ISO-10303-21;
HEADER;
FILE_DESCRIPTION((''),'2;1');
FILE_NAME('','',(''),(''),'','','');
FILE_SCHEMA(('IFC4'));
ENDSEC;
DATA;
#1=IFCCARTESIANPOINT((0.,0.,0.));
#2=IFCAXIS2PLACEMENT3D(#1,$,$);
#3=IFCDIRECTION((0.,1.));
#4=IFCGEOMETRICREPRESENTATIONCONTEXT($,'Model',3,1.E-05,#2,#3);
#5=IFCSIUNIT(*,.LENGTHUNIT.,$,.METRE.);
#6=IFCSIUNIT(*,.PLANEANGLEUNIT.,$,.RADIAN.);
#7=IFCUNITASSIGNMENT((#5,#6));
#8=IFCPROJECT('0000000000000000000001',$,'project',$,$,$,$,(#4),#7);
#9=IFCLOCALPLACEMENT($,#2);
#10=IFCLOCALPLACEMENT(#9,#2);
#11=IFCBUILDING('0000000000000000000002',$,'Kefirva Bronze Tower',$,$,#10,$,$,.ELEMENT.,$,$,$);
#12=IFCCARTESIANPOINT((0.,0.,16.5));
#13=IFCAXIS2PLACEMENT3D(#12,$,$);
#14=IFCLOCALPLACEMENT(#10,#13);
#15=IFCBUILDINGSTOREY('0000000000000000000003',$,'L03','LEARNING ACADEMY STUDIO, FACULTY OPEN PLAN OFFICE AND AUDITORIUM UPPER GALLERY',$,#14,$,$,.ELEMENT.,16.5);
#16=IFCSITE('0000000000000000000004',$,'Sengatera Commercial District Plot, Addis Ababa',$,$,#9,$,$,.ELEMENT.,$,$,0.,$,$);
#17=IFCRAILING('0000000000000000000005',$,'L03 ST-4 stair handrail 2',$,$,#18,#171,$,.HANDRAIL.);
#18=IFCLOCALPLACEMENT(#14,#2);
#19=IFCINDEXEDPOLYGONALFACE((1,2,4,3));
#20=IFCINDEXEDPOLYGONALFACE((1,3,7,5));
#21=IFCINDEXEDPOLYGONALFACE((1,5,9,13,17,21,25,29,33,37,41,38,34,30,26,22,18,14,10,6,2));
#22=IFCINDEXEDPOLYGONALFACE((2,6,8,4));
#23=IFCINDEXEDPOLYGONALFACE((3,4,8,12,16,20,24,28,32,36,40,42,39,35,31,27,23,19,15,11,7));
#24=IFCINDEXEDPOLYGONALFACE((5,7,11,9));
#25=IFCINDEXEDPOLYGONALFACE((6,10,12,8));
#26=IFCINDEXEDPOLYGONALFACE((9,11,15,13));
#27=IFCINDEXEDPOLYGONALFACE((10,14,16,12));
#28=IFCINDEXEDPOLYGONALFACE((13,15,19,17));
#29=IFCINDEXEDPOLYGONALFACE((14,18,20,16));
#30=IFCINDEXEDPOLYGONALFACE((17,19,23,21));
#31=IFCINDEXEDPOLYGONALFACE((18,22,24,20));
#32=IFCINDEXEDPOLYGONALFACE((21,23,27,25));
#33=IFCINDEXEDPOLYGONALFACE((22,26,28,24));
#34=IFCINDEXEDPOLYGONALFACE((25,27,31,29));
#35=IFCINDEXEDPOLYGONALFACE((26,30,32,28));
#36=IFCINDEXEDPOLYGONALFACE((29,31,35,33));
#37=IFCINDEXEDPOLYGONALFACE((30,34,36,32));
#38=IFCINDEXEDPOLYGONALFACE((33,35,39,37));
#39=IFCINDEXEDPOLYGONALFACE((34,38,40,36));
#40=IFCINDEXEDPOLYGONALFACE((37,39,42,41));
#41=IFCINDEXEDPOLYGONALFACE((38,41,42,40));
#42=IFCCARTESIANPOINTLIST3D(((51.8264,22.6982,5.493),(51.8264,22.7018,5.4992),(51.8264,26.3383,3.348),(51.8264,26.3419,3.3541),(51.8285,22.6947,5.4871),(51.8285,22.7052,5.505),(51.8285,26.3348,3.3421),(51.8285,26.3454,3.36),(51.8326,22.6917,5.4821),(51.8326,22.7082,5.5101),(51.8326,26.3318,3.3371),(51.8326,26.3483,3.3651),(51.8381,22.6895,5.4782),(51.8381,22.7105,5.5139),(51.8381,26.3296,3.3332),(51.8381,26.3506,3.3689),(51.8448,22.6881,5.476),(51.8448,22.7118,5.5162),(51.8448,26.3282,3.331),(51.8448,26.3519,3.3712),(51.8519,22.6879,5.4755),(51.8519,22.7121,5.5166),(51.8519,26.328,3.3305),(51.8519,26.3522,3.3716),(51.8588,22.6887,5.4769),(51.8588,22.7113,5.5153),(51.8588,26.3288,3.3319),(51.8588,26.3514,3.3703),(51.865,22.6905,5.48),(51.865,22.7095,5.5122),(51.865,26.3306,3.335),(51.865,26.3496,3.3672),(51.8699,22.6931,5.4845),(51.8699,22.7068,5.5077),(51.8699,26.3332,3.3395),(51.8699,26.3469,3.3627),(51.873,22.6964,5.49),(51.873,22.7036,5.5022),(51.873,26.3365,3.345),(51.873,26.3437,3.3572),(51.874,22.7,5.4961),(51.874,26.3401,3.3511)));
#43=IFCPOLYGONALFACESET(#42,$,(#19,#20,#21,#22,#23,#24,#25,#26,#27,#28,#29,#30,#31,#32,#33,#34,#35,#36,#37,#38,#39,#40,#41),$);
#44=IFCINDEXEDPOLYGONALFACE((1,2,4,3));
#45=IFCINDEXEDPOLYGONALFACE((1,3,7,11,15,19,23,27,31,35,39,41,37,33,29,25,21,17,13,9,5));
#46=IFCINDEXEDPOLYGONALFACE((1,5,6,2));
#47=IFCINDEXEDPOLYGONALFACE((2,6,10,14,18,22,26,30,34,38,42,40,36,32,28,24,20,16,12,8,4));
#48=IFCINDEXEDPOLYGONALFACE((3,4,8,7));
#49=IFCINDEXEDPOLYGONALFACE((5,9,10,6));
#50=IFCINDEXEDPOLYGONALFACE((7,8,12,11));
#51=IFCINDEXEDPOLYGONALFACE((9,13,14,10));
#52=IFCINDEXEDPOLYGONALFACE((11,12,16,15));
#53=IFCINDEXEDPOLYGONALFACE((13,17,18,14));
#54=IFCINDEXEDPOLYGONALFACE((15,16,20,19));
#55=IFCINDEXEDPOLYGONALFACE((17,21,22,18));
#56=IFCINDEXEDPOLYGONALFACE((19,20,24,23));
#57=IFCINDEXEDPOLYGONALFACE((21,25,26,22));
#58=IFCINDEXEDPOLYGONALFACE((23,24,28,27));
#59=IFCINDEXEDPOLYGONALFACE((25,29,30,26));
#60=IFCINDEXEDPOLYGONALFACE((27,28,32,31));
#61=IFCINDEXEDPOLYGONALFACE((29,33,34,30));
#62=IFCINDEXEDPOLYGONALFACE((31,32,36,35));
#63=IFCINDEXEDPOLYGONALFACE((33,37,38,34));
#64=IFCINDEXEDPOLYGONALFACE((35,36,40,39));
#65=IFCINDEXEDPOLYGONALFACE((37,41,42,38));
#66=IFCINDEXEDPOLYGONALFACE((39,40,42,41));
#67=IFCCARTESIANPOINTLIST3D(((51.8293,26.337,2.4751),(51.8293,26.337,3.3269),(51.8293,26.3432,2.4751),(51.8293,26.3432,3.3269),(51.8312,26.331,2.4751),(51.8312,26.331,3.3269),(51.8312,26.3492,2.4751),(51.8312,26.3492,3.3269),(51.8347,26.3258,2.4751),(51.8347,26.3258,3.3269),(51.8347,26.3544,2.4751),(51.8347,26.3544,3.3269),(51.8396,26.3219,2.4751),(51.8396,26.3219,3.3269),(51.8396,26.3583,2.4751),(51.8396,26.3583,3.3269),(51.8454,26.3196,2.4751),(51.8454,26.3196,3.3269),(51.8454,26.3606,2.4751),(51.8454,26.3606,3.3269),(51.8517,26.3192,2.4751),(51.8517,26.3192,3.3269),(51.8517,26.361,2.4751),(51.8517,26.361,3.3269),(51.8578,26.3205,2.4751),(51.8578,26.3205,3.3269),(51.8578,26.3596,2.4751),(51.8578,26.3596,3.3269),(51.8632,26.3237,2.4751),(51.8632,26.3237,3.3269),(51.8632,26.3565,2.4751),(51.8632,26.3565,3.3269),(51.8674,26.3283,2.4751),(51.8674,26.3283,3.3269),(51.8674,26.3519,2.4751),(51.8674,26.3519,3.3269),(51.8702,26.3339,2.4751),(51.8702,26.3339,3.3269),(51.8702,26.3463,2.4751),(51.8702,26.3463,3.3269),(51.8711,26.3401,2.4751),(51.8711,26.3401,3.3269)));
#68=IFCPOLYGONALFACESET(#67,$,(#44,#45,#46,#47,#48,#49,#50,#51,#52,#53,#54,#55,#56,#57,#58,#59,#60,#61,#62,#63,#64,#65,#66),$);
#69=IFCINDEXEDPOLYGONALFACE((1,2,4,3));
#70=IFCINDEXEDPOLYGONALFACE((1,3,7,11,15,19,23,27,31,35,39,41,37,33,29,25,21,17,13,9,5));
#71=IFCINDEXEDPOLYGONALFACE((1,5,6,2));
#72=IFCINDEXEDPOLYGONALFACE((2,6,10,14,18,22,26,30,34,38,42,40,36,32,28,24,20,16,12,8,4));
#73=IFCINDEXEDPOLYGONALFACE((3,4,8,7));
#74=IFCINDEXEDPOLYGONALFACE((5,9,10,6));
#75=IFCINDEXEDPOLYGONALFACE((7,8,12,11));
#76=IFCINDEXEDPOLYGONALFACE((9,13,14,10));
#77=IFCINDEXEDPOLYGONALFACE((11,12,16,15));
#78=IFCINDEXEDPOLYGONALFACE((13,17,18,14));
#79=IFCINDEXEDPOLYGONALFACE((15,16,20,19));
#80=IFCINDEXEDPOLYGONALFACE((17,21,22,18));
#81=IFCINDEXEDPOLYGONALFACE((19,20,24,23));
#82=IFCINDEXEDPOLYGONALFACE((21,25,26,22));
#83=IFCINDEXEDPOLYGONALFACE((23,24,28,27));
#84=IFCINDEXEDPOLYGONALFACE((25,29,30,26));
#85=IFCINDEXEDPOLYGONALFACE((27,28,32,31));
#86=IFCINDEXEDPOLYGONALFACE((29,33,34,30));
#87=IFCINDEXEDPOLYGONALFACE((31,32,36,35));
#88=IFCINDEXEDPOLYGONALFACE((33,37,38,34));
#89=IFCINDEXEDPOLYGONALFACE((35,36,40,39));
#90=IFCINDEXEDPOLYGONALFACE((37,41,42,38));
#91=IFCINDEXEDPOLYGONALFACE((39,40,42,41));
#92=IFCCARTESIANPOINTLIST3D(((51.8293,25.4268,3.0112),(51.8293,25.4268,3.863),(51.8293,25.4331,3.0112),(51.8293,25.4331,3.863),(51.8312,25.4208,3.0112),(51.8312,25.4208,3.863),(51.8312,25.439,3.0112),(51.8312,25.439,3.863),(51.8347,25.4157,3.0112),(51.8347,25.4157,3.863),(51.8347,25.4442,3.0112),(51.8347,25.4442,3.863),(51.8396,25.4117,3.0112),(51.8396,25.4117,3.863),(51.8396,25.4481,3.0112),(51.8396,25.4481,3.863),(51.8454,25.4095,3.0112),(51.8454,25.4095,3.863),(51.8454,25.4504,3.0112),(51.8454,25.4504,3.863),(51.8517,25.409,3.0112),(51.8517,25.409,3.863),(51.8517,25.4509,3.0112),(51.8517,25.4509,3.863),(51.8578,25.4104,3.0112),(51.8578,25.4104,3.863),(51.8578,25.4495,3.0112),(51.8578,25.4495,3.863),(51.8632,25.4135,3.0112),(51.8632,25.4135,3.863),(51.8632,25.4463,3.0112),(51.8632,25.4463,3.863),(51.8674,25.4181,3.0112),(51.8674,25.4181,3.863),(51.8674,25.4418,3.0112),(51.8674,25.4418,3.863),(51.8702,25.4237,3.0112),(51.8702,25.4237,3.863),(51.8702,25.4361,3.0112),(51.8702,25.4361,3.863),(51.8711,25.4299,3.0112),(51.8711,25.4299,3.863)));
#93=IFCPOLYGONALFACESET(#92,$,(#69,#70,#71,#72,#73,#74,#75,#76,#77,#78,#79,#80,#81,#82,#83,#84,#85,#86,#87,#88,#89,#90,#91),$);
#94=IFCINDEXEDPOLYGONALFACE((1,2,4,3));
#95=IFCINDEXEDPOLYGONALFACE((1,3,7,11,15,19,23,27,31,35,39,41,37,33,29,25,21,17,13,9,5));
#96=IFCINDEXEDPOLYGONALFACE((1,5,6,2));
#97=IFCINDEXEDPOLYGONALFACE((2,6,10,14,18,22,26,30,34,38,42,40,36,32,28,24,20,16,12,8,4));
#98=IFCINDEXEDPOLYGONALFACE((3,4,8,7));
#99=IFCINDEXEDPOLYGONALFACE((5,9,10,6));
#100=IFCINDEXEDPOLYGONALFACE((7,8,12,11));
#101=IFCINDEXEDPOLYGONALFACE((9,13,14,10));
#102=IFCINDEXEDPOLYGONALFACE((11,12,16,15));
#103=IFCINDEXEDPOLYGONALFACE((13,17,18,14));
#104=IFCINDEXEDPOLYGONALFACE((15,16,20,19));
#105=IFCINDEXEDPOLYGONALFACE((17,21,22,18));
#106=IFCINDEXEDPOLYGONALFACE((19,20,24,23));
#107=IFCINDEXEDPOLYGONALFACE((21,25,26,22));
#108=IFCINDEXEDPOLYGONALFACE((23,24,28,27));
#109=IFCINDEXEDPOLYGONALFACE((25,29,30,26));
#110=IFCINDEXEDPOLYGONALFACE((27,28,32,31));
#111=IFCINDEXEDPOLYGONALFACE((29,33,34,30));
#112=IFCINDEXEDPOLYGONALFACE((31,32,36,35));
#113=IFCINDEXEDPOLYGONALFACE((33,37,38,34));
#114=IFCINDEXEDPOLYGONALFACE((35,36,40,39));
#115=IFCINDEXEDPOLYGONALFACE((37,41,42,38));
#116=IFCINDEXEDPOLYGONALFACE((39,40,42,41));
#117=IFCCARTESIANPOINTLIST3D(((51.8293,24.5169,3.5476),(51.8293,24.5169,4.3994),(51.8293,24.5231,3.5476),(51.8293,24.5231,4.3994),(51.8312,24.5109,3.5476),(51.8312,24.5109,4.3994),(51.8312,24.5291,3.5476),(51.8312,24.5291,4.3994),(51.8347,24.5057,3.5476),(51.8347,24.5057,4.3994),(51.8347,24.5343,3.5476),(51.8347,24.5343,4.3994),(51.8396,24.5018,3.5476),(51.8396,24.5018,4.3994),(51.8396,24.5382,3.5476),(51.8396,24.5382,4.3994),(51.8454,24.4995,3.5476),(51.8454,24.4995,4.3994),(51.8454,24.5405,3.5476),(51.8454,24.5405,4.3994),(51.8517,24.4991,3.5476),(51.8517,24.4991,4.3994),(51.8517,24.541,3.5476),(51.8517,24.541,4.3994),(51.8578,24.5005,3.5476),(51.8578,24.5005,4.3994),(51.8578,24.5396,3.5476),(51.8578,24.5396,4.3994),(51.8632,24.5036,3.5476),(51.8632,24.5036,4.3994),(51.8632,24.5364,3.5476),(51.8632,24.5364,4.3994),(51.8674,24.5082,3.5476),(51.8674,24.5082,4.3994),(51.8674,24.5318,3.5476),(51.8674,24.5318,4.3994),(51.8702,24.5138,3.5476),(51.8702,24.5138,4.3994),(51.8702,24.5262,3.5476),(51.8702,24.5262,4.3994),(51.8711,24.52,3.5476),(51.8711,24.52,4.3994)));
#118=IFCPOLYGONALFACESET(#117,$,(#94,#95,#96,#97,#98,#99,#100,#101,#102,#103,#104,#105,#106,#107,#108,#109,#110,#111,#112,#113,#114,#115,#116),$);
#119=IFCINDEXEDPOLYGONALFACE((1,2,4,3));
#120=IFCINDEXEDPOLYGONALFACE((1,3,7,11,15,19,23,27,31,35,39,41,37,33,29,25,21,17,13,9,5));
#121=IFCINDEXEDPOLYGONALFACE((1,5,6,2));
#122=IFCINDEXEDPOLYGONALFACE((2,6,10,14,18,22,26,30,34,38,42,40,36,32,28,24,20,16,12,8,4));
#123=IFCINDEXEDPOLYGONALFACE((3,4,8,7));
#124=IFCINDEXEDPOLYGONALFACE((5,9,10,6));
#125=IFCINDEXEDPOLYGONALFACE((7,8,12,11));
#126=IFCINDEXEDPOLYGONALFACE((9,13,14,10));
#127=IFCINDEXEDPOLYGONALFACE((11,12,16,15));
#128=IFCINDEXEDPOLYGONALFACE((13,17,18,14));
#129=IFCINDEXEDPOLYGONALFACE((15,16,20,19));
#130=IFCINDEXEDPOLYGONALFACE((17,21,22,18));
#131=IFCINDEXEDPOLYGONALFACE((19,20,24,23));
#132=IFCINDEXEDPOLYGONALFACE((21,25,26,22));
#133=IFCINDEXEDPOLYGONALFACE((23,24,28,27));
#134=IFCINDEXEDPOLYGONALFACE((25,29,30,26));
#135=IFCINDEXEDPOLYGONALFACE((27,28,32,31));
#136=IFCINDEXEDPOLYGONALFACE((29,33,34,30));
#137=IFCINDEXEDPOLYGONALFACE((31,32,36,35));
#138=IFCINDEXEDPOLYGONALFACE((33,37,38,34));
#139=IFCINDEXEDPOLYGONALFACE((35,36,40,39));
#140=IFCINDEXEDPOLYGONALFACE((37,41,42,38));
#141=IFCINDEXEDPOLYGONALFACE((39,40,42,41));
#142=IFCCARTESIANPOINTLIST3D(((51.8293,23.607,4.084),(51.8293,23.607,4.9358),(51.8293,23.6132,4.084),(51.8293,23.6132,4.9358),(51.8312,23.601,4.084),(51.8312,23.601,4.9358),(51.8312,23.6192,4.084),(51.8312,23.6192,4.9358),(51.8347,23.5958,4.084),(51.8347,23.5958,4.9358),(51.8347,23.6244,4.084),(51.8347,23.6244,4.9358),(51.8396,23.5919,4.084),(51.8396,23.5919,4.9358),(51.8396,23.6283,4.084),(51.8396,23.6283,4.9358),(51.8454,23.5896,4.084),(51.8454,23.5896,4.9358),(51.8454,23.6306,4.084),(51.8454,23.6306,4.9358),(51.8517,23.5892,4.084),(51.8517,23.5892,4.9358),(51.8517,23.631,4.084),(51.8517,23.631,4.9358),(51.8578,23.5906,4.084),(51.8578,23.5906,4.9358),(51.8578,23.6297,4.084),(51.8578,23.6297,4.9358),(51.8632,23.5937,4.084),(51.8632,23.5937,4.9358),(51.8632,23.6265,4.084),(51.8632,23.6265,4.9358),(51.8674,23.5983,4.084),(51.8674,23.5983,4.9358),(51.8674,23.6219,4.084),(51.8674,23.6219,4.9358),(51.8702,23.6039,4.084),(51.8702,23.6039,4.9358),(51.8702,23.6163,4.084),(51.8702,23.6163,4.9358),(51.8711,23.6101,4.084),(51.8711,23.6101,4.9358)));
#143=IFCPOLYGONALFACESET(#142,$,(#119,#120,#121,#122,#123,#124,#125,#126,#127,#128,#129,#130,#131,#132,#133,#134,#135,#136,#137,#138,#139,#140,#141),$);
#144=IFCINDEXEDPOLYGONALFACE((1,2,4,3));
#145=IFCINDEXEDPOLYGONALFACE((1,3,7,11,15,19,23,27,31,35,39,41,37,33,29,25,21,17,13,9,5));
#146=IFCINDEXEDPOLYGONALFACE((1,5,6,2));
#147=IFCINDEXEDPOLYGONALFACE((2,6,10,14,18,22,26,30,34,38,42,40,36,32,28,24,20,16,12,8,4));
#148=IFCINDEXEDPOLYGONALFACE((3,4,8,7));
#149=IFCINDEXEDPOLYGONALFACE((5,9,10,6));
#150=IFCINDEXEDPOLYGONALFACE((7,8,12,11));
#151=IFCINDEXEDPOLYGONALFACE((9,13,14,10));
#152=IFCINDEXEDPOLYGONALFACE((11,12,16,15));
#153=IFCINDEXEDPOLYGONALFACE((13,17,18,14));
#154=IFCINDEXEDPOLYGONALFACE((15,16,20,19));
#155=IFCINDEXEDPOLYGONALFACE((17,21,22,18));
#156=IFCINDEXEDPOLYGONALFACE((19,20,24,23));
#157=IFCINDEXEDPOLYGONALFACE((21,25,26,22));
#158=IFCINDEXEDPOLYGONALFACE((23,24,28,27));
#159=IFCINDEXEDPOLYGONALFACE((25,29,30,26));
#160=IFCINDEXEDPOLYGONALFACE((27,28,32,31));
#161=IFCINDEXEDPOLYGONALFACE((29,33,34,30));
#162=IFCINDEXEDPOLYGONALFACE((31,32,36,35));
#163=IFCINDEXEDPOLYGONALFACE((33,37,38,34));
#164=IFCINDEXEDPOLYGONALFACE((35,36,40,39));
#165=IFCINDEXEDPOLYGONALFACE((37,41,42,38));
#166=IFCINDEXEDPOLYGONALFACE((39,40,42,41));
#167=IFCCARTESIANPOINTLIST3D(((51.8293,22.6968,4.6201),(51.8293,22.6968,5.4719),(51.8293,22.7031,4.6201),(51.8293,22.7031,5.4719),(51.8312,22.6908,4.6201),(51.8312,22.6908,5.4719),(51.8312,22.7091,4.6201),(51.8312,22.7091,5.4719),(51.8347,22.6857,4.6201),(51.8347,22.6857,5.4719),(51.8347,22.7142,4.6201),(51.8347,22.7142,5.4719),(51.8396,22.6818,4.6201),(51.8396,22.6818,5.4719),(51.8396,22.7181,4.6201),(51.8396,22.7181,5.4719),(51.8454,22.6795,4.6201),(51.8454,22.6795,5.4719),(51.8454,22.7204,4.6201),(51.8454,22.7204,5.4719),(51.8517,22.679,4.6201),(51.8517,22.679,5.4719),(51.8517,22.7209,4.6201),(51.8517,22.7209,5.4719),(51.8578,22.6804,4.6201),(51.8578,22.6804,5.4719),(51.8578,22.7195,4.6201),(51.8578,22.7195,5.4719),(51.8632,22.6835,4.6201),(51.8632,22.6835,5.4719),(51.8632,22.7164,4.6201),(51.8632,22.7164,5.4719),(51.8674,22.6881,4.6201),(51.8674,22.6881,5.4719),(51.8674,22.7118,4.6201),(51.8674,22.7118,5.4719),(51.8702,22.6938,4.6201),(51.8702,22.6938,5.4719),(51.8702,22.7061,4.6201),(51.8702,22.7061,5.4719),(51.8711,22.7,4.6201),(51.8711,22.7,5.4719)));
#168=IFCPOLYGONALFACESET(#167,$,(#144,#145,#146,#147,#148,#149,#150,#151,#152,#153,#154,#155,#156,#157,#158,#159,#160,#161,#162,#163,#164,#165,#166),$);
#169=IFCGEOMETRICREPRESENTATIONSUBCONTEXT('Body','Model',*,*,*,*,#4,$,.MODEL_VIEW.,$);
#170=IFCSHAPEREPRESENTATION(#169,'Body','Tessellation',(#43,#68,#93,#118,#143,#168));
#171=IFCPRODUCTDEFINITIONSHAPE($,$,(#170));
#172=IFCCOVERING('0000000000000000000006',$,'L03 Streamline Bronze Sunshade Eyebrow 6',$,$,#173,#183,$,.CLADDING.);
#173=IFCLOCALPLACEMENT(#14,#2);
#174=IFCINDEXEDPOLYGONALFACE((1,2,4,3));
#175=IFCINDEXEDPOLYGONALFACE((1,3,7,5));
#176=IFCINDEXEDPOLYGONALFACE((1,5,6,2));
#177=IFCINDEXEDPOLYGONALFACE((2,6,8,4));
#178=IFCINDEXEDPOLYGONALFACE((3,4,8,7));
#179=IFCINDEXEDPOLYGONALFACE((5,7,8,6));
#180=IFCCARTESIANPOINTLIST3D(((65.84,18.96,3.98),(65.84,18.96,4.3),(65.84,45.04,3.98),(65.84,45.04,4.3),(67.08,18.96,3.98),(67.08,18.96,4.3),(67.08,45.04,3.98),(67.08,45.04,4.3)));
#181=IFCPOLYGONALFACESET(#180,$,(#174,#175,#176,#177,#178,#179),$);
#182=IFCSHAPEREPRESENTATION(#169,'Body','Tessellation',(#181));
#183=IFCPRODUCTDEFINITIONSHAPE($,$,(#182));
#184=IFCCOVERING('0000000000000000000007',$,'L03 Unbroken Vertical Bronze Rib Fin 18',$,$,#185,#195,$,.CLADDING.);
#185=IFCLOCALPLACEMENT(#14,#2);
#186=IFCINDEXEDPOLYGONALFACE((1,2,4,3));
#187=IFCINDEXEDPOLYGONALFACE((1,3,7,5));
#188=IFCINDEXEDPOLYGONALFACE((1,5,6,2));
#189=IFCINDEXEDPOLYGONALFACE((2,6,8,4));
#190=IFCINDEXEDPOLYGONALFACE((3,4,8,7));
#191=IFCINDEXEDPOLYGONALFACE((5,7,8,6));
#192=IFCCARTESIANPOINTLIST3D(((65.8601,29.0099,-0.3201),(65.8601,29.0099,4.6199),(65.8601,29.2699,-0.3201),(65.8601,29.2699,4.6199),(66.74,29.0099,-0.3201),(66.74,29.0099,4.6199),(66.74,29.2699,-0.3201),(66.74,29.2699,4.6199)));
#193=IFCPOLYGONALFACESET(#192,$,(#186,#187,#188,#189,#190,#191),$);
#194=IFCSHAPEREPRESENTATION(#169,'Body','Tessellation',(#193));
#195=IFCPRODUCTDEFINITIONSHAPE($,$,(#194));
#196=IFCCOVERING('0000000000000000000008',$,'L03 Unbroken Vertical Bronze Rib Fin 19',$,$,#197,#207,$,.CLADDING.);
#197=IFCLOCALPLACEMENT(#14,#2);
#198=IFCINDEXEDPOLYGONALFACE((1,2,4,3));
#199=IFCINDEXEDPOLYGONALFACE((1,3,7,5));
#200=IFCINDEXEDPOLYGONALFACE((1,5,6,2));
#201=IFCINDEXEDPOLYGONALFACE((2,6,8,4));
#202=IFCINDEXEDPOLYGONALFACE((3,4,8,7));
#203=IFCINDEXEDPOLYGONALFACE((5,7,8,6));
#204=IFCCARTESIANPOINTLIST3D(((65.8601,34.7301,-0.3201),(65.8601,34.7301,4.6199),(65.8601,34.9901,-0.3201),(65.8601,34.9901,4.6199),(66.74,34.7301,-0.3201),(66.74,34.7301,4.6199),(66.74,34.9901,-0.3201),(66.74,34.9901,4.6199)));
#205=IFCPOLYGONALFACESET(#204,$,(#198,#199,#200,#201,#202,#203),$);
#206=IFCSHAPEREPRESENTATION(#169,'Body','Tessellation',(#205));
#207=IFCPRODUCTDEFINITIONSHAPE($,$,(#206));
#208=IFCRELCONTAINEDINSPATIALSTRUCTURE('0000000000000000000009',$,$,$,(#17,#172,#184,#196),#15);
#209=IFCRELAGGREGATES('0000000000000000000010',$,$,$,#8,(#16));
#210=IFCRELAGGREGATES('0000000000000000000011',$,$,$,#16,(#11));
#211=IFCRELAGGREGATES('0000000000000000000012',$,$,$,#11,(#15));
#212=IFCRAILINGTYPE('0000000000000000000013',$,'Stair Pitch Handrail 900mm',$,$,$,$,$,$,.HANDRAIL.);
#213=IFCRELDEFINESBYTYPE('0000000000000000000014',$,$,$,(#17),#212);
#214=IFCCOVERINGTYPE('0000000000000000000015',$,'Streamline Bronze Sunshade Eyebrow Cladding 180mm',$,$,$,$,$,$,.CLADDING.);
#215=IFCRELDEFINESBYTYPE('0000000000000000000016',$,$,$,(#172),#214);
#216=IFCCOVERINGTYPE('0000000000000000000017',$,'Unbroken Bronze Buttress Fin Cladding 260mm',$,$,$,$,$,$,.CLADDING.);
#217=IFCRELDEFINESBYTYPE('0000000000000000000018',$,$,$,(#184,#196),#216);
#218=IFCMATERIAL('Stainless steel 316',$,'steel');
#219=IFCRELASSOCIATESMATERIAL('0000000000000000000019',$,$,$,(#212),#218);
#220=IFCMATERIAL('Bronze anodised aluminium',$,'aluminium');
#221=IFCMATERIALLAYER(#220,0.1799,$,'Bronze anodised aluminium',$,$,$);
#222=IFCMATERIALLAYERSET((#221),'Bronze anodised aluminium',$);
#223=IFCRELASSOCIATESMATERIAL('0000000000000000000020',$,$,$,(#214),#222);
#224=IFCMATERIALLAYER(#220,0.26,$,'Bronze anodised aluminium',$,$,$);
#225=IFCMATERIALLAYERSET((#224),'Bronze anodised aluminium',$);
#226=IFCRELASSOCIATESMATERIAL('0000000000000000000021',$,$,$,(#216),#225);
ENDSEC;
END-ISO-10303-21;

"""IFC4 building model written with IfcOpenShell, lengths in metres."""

from ifc_helpers import new_model, si_unit, direction, frame, origin, origin_2d, place, context, subcontext, project, spatial, rectangle, circle, extrude, material, layer, layer_set, type_object, element, save


model = new_model("IFC4")

# Units and contexts
model_context = context("Model", 3, precision=1e-05, world=origin(), true_north=direction((0.0, 1.0)))
body_context = subcontext(model_context, "Body", "Model", "MODEL_VIEW")
ifc_project = project(units=[si_unit("LENGTHUNIT", "METRE"), si_unit("PLANEANGLEUNIT", "RADIAN")], contexts=[model_context])

# Site, building, storey
site_placement = place(None, origin())
site = spatial("IfcSite", under=ifc_project, at=site_placement, Name="Sengatera Commercial District Plot, Addis Ababa", CompositionType="ELEMENT", RefElevation=0.0)
building_placement = place(site_placement, origin())
building = spatial("IfcBuilding", under=site, at=building_placement, Name="Kefirva Bronze Tower", CompositionType="ELEMENT")
storey_placement = place(building_placement, frame((0.0, 0.0, 16.5)))
storey = spatial("IfcBuildingStorey", under=building, at=storey_placement, Name="L03", Description="LEARNING ACADEMY STUDIO, FACULTY OPEN PLAN OFFICE AND AUDITORIUM UPPER GALLERY", CompositionType="ELEMENT", Elevation=16.5)

# Shared definitions
ifc_material_1 = material(Name="Bronze anodised aluminium", Category="aluminium")

# Shared definitions
ifc_material_2 = material(Name="Stainless steel 316", Category="steel")

# Railing
railing_type_1 = type_object("IfcRailingType", Name="Stair Pitch Handrail 900mm", PredefinedType="HANDRAIL", material=ifc_material_2)
railing_1_placement = place(storey_placement, frame((51.8501, 26.3401, 2.4751)))
element("IfcRailing", 1, at=railing_1_placement, inside=storey, type_object=railing_type_1, Name="L03 ST-4 stair handrail 2", PredefinedType="HANDRAIL", context=body_context, shape_type="SweptSolid", body=[
    extrude(circle(Radius=0.0239, at=origin_2d()), frame((0.0, 0.0, 0.876), z_axis=(0.0, -0.861545, 0.507682), x_axis=(1.0, 0.0, 0.0)), (0.0, 0.0, 1.0), 4.2251),
    extrude(circle(Radius=0.021, at=origin_2d()), origin(), (0.0, 0.0, 1.0), 0.8518),
    extrude(circle(Radius=0.021, at=origin_2d()), frame((0.0, -0.9102, 0.5361)), (0.0, 0.0, 1.0), 0.8518),
    extrude(circle(Radius=0.021, at=origin_2d()), frame((0.0, -1.8201, 1.0725)), (0.0, 0.0, 1.0), 0.8518),
    extrude(circle(Radius=0.021, at=origin_2d()), frame((0.0, -2.73, 1.6089)), (0.0, 0.0, 1.0), 0.8518),
    extrude(circle(Radius=0.021, at=origin_2d()), frame((0.0, -3.6401, 2.145)), (0.0, 0.0, 1.0), 0.8518),
])

# Coverings
ifc_layer_1 = layer(ifc_material_1, 0.1799, Name="Bronze anodised aluminium")
ifc_layer_set_1 = layer_set([ifc_layer_1], Name="Bronze anodised aluminium")
covering_type_1 = type_object("IfcCoveringType", Name="Streamline Bronze Sunshade Eyebrow Cladding 180mm", PredefinedType="CLADDING", material=ifc_layer_set_1)
covering_1_placement = place(storey_placement, frame((66.46, 32.0, 3.98), z_axis=(0.0, 0.0, 1.0), x_axis=(0.0, 1.0, 0.0)))
element("IfcCovering", 2, at=covering_1_placement, inside=storey, type_object=covering_type_1, Name="L03 Streamline Bronze Sunshade Eyebrow 6", PredefinedType="CLADDING", context=body_context, shape_type="SweptSolid", body=[
    extrude(rectangle(XDim=26.0801, YDim=1.24, at=origin_2d()), origin(), (0.0, 0.0, 1.0), 0.3201),
])
ifc_layer_2 = layer(ifc_material_1, 0.26, Name="Bronze anodised aluminium")
ifc_layer_set_2 = layer_set([ifc_layer_2], Name="Bronze anodised aluminium")
covering_type_2 = type_object("IfcCoveringType", Name="Unbroken Bronze Buttress Fin Cladding 260mm", PredefinedType="CLADDING", material=ifc_layer_set_2)
for number, where, z_axis, x_axis, name in (
    (3, (66.3, 29.1399, -0.3201), (0.0, 0.0, 1.0), (0.0, 1.0, 0.0), "L03 Unbroken Vertical Bronze Rib Fin 18"),
    (4, (66.3, 34.8601, -0.3201), (0.0, 0.0, 1.0), (0.0, 1.0, 0.0), "L03 Unbroken Vertical Bronze Rib Fin 19"),
):
    element("IfcCovering", number, at=place(storey_placement, frame(where, z_axis=z_axis, x_axis=x_axis)), inside=storey, type_object=covering_type_2, Name=name, PredefinedType="CLADDING", context=body_context, shape_type="SweptSolid", body=[
        extrude(rectangle(XDim=0.26, YDim=0.8799, at=origin_2d()), origin(), (0.0, 0.0, 1.0), 4.9399),
    ])

save(model, "model.ifc")
